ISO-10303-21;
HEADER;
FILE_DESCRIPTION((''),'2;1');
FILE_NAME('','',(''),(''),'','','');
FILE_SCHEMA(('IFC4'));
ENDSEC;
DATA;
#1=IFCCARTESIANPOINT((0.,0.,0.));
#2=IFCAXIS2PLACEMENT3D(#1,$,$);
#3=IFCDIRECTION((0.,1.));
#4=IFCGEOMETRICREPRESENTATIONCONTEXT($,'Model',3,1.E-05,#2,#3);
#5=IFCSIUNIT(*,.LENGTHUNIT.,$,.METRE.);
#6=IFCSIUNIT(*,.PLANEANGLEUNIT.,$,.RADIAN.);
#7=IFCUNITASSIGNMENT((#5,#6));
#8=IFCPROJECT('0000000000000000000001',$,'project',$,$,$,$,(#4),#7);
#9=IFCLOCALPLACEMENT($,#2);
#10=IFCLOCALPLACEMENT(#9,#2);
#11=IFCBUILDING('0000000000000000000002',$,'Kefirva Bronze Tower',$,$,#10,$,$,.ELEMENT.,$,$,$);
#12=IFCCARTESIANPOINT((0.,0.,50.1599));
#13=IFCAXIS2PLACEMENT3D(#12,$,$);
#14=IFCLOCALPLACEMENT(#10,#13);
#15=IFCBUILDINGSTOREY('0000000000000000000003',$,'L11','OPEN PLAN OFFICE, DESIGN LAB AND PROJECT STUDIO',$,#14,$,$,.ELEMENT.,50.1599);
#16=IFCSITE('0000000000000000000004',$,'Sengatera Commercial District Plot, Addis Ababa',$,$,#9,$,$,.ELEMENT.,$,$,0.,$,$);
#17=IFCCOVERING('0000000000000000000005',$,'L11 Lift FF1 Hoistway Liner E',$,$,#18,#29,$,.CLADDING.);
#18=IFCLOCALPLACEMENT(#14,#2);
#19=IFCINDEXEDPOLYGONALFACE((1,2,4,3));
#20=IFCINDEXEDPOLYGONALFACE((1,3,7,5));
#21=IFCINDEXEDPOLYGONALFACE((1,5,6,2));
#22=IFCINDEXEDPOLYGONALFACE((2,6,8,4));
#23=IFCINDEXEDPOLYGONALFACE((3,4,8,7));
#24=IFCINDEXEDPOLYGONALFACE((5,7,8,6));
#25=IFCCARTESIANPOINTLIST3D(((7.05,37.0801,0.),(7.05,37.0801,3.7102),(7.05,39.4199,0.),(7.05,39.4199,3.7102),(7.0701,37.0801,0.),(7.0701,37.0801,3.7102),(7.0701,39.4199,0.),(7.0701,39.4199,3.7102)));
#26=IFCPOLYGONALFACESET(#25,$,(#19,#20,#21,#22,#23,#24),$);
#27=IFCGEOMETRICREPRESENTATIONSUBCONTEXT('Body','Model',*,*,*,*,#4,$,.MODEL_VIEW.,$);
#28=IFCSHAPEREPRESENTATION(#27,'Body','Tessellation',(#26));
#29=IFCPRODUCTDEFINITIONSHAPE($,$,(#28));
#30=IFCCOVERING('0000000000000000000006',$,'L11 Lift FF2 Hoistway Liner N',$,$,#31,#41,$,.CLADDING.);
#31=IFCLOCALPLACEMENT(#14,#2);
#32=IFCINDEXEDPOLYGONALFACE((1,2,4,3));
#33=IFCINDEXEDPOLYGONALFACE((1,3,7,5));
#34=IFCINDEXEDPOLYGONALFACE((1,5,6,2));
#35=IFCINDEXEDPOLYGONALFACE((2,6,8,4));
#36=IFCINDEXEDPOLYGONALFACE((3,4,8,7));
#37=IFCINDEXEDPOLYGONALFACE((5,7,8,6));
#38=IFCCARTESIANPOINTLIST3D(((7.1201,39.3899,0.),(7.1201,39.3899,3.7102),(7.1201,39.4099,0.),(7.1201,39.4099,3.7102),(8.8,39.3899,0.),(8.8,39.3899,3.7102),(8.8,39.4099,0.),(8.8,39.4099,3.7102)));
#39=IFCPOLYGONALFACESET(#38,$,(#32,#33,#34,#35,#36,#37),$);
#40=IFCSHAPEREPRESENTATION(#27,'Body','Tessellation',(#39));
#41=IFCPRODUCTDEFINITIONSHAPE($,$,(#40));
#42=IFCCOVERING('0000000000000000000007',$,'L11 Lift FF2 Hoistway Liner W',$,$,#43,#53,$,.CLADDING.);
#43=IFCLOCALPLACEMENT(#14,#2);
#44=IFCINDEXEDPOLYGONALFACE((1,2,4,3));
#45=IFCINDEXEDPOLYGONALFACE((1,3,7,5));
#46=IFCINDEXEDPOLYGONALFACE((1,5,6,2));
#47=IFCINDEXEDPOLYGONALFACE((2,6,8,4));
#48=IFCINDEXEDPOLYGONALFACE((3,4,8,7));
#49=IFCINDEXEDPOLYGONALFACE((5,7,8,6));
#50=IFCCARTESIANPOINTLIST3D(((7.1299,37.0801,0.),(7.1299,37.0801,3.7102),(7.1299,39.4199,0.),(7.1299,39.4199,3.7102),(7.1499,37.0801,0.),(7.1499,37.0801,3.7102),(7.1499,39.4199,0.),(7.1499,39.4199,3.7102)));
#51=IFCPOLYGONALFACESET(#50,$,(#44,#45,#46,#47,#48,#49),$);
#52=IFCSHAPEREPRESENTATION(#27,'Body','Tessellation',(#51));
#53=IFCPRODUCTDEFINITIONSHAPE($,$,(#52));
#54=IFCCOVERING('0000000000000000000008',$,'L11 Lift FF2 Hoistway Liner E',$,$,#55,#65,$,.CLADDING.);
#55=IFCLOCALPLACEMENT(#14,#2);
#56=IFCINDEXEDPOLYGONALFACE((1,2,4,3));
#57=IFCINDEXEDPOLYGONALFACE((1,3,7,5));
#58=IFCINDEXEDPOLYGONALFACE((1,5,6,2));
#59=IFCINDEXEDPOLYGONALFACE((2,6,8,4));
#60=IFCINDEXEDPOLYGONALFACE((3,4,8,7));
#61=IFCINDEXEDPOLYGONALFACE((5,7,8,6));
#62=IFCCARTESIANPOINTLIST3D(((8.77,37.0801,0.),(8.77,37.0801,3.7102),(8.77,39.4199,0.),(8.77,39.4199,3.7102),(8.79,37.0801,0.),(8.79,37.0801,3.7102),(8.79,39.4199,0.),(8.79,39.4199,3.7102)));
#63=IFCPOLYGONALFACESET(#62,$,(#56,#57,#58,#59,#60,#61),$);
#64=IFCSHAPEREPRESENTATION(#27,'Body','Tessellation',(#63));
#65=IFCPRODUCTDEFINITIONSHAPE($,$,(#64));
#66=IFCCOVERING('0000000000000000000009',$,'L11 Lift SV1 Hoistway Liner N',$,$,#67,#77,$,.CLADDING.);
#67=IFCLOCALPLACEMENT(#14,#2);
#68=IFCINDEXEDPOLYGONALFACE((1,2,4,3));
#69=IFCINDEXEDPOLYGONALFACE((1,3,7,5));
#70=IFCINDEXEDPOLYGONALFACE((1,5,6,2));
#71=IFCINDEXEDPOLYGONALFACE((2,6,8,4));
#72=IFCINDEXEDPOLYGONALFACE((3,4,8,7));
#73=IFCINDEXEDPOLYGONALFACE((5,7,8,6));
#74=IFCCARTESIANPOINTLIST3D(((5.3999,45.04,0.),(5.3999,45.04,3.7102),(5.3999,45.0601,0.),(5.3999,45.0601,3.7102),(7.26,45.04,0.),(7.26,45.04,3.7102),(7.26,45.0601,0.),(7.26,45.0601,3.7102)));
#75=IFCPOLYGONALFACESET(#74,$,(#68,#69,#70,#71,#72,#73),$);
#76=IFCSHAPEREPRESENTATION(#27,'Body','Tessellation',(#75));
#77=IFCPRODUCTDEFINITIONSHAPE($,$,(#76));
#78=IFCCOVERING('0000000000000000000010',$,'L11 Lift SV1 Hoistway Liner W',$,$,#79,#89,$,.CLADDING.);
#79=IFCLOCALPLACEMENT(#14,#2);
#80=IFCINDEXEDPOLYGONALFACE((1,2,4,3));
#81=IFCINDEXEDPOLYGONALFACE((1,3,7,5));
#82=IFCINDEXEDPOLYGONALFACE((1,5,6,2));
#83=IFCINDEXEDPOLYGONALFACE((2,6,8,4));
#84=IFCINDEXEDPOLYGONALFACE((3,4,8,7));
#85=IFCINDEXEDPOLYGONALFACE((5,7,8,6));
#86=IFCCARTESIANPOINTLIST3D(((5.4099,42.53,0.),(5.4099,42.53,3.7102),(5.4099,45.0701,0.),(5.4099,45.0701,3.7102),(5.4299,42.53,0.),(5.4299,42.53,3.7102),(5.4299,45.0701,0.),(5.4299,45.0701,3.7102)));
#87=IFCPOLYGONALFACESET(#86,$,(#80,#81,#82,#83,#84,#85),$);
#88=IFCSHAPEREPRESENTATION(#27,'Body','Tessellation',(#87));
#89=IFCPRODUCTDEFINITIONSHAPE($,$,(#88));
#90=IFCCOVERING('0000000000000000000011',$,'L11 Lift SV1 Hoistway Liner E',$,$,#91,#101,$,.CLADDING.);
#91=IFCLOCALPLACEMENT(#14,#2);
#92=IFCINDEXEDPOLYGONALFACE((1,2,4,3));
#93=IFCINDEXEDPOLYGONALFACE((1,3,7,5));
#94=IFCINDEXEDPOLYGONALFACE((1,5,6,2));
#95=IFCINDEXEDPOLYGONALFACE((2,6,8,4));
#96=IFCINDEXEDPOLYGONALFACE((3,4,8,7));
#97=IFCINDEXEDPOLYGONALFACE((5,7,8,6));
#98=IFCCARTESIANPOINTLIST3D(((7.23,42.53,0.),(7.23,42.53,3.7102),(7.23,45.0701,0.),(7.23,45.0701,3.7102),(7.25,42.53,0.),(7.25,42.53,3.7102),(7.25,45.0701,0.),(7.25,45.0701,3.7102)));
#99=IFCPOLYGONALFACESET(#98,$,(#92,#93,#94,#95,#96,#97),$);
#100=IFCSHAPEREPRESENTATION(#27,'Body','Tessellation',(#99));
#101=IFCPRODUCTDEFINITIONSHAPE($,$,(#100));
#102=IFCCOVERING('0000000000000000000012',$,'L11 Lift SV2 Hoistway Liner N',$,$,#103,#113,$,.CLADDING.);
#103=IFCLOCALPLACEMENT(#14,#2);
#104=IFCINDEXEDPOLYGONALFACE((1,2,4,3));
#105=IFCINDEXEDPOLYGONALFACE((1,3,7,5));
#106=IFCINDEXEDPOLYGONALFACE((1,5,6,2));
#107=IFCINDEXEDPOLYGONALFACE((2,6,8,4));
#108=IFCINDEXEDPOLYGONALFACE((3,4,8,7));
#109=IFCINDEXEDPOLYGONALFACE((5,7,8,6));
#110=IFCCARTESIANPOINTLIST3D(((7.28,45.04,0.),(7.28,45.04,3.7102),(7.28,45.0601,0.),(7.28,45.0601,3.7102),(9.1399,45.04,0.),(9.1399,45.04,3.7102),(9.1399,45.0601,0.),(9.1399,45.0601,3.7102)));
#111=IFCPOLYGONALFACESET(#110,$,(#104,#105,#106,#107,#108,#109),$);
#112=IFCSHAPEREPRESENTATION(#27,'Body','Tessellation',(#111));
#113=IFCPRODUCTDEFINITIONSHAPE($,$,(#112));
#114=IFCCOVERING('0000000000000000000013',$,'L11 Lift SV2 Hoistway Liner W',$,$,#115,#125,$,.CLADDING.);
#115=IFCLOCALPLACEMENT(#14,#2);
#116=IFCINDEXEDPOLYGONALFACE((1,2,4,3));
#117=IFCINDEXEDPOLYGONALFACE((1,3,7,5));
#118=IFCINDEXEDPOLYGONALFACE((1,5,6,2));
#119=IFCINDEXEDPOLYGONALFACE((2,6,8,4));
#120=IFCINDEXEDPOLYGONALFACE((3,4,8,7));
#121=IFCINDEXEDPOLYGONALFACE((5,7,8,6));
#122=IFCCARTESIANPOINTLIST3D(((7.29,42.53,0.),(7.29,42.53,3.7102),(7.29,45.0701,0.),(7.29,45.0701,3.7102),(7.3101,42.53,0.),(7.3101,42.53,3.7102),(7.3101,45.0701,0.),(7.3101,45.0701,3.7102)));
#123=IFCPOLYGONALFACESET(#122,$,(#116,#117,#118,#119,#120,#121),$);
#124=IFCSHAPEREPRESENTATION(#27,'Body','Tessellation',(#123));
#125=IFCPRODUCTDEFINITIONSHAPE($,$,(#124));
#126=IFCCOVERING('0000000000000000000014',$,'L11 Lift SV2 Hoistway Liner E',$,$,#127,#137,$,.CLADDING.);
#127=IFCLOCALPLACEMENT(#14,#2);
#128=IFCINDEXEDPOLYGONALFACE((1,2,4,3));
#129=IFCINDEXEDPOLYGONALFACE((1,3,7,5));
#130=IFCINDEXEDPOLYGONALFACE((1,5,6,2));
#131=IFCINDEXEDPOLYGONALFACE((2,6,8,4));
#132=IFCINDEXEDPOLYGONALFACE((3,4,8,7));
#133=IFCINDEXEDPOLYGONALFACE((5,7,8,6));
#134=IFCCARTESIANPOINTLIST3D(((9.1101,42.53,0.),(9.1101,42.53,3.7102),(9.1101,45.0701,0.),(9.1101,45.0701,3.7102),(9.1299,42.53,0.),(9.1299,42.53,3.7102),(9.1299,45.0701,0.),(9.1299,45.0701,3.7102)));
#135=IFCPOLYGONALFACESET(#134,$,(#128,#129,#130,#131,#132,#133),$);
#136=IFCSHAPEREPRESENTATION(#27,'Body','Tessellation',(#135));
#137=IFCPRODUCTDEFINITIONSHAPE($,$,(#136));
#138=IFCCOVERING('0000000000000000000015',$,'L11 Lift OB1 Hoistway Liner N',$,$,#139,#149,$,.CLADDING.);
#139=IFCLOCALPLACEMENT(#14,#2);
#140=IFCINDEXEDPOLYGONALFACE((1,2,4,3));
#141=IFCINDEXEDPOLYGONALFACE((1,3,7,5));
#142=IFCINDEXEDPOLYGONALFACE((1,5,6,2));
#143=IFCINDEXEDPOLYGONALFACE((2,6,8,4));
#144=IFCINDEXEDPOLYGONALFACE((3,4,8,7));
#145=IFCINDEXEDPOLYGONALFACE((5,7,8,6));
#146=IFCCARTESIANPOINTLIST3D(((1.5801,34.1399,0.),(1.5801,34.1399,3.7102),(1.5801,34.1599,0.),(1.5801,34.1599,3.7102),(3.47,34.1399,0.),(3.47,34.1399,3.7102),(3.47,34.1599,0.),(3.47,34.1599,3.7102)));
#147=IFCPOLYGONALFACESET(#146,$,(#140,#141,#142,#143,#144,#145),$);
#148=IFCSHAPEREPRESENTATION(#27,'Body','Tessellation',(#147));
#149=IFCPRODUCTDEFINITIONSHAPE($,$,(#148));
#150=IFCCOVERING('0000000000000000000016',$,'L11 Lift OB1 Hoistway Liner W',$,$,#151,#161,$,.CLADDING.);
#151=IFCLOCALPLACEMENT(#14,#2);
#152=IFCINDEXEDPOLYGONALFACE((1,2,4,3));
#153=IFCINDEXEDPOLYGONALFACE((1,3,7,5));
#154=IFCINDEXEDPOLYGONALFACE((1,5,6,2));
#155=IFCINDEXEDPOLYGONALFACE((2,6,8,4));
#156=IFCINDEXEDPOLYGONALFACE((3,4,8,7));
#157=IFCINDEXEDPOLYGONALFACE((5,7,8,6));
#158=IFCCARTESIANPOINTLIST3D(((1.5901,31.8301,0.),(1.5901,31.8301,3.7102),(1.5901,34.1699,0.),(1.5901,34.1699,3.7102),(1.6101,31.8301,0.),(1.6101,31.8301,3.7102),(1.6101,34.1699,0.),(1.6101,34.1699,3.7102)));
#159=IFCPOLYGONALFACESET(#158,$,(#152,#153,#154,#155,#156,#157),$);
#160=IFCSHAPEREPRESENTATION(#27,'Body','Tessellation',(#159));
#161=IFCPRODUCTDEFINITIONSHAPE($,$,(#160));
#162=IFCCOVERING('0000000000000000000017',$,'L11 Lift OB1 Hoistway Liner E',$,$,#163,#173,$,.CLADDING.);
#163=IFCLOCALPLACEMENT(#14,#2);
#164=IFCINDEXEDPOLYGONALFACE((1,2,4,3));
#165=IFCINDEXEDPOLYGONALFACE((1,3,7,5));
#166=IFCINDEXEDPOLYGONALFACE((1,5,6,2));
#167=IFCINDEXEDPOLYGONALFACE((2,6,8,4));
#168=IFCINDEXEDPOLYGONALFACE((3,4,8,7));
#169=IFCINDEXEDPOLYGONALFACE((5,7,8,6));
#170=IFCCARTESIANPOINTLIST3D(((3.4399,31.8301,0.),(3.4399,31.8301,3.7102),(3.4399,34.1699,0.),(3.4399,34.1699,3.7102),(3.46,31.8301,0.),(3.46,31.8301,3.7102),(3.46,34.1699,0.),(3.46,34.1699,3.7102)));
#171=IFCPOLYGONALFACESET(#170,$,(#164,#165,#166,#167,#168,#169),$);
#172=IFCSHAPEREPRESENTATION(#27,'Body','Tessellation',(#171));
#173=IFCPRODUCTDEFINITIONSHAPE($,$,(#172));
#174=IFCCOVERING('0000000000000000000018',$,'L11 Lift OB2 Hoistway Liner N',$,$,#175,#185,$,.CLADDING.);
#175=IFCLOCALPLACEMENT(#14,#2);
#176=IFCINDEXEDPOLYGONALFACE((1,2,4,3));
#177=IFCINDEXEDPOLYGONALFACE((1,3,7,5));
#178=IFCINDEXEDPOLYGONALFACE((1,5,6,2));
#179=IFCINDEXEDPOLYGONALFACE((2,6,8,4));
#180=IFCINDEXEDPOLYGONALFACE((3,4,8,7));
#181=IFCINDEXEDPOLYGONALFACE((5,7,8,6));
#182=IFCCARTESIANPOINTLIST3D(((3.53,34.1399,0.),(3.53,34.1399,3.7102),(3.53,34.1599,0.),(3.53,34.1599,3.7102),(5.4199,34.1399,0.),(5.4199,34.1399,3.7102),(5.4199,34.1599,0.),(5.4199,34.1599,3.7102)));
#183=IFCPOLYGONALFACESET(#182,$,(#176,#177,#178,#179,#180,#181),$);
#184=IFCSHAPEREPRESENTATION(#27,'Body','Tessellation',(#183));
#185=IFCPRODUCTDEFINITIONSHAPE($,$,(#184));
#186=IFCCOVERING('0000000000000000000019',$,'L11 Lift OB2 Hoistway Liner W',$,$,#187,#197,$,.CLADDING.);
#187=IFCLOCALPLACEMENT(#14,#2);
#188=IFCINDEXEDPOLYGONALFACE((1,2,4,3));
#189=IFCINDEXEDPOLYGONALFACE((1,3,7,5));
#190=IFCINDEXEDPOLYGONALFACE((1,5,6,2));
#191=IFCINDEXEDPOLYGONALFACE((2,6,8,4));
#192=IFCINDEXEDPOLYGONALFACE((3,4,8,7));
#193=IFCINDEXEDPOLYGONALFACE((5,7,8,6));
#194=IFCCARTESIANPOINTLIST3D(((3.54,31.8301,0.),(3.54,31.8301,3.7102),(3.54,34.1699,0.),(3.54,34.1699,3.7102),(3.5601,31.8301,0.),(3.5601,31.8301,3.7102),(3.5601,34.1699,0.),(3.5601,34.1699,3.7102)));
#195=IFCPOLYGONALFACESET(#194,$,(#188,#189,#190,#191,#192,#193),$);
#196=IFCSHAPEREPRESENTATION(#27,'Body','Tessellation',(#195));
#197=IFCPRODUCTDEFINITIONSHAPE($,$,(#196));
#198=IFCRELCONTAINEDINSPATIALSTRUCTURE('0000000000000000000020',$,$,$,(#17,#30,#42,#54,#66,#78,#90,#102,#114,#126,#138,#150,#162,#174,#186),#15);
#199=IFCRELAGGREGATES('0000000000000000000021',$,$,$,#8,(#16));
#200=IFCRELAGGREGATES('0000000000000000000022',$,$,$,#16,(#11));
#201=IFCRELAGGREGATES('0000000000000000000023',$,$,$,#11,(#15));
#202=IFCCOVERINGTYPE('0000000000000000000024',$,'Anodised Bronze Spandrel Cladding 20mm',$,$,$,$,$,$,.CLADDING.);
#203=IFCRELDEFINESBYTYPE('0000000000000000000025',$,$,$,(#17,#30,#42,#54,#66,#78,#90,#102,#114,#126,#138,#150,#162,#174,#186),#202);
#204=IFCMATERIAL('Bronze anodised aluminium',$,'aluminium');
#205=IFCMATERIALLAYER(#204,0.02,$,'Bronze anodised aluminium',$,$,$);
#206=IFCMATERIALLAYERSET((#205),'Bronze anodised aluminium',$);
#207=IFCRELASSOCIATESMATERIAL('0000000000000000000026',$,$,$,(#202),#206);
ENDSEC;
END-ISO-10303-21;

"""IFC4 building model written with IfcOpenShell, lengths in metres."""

from ifc_helpers import new_model, si_unit, direction, frame, origin, place, context, subcontext, project, spatial, polyline, outline, extrude, material, layer, layer_set, type_object, element, save


model = new_model("IFC4")

# Units and contexts
model_context = context("Model", 3, precision=1e-05, world=origin(), true_north=direction((0.0, 1.0)))
body_context = subcontext(model_context, "Body", "Model", "MODEL_VIEW")
ifc_project = project(units=[si_unit("LENGTHUNIT", "METRE"), si_unit("PLANEANGLEUNIT", "RADIAN")], contexts=[model_context])

# Site, building, storey
site_placement = place(None, origin())
site = spatial("IfcSite", under=ifc_project, at=site_placement, Name="Sengatera Commercial District Plot, Addis Ababa", CompositionType="ELEMENT", RefElevation=0.0)
building_placement = place(site_placement, origin())
building = spatial("IfcBuilding", under=site, at=building_placement, Name="Kefirva Bronze Tower", CompositionType="ELEMENT")
storey_placement = place(building_placement, frame((0.0, 0.0, 50.1599)))
storey = spatial("IfcBuildingStorey", under=building, at=storey_placement, Name="L11", Description="OPEN PLAN OFFICE, DESIGN LAB AND PROJECT STUDIO", CompositionType="ELEMENT", Elevation=50.1599)

# Coverings
ifc_material_1 = material(Name="Bronze anodised aluminium", Category="aluminium")
ifc_layer_1 = layer(ifc_material_1, 0.02, Name="Bronze anodised aluminium")
ifc_layer_set_1 = layer_set([ifc_layer_1], Name="Bronze anodised aluminium")
covering_type = type_object("IfcCoveringType", Name="Anodised Bronze Spandrel Cladding 20mm", PredefinedType="CLADDING", material=ifc_layer_set_1)
covering_1_placement = place(storey_placement, origin())
element("IfcCovering", 1, at=covering_1_placement, inside=storey, type_object=covering_type, Name="L11 Lift FF1 Hoistway Liner E", PredefinedType="CLADDING", context=body_context, shape_type="SweptSolid", body=[
    extrude(outline(polyline([(7.05, 37.0801), (7.0701, 37.0801), (7.0701, 39.4199), (7.05, 39.4199), (7.05, 37.0801)])), origin(), (0.0, 0.0, 1.0), 3.7102),
])
covering_2_placement = place(storey_placement, origin())
element("IfcCovering", 2, at=covering_2_placement, inside=storey, type_object=covering_type, Name="L11 Lift FF2 Hoistway Liner N", PredefinedType="CLADDING", context=body_context, shape_type="SweptSolid", body=[
    extrude(outline(polyline([(7.1201, 39.3899), (8.8, 39.3899), (8.8, 39.4099), (7.1201, 39.4099), (7.1201, 39.3899)])), origin(), (0.0, 0.0, 1.0), 3.7102),
])
covering_3_placement = place(storey_placement, origin())
element("IfcCovering", 3, at=covering_3_placement, inside=storey, type_object=covering_type, Name="L11 Lift FF2 Hoistway Liner W", PredefinedType="CLADDING", context=body_context, shape_type="SweptSolid", body=[
    extrude(outline(polyline([(7.1299, 37.0801), (7.1499, 37.0801), (7.1499, 39.4199), (7.1299, 39.4199), (7.1299, 37.0801)])), origin(), (0.0, 0.0, 1.0), 3.7102),
])
covering_4_placement = place(storey_placement, origin())
element("IfcCovering", 4, at=covering_4_placement, inside=storey, type_object=covering_type, Name="L11 Lift FF2 Hoistway Liner E", PredefinedType="CLADDING", context=body_context, shape_type="SweptSolid", body=[
    extrude(outline(polyline([(8.77, 37.0801), (8.79, 37.0801), (8.79, 39.4199), (8.77, 39.4199), (8.77, 37.0801)])), origin(), (0.0, 0.0, 1.0), 3.7102),
])
covering_5_placement = place(storey_placement, origin())
element("IfcCovering", 5, at=covering_5_placement, inside=storey, type_object=covering_type, Name="L11 Lift SV1 Hoistway Liner N", PredefinedType="CLADDING", context=body_context, shape_type="SweptSolid", body=[
    extrude(outline(polyline([(5.3999, 45.04), (7.26, 45.04), (7.26, 45.0601), (5.3999, 45.0601), (5.3999, 45.04)])), origin(), (0.0, 0.0, 1.0), 3.7102),
])
covering_6_placement = place(storey_placement, origin())
element("IfcCovering", 6, at=covering_6_placement, inside=storey, type_object=covering_type, Name="L11 Lift SV1 Hoistway Liner W", PredefinedType="CLADDING", context=body_context, shape_type="SweptSolid", body=[
    extrude(outline(polyline([(5.4099, 42.53), (5.4299, 42.53), (5.4299, 45.0701), (5.4099, 45.0701), (5.4099, 42.53)])), origin(), (0.0, 0.0, 1.0), 3.7102),
])
covering_7_placement = place(storey_placement, origin())
element("IfcCovering", 7, at=covering_7_placement, inside=storey, type_object=covering_type, Name="L11 Lift SV1 Hoistway Liner E", PredefinedType="CLADDING", context=body_context, shape_type="SweptSolid", body=[
    extrude(outline(polyline([(7.23, 42.53), (7.25, 42.53), (7.25, 45.0701), (7.23, 45.0701), (7.23, 42.53)])), origin(), (0.0, 0.0, 1.0), 3.7102),
])
covering_8_placement = place(storey_placement, origin())
element("IfcCovering", 8, at=covering_8_placement, inside=storey, type_object=covering_type, Name="L11 Lift SV2 Hoistway Liner N", PredefinedType="CLADDING", context=body_context, shape_type="SweptSolid", body=[
    extrude(outline(polyline([(7.28, 45.04), (9.1399, 45.04), (9.1399, 45.0601), (7.28, 45.0601), (7.28, 45.04)])), origin(), (0.0, 0.0, 1.0), 3.7102),
])
covering_9_placement = place(storey_placement, origin())
element("IfcCovering", 9, at=covering_9_placement, inside=storey, type_object=covering_type, Name="L11 Lift SV2 Hoistway Liner W", PredefinedType="CLADDING", context=body_context, shape_type="SweptSolid", body=[
    extrude(outline(polyline([(7.29, 42.53), (7.3101, 42.53), (7.3101, 45.0701), (7.29, 45.0701), (7.29, 42.53)])), origin(), (0.0, 0.0, 1.0), 3.7102),
])
covering_10_placement = place(storey_placement, origin())
element("IfcCovering", 10, at=covering_10_placement, inside=storey, type_object=covering_type, Name="L11 Lift SV2 Hoistway Liner E", PredefinedType="CLADDING", context=body_context, shape_type="SweptSolid", body=[
    extrude(outline(polyline([(9.1101, 42.53), (9.1299, 42.53), (9.1299, 45.0701), (9.1101, 45.0701), (9.1101, 42.53)])), origin(), (0.0, 0.0, 1.0), 3.7102),
])
covering_11_placement = place(storey_placement, origin())
element("IfcCovering", 11, at=covering_11_placement, inside=storey, type_object=covering_type, Name="L11 Lift OB1 Hoistway Liner N", PredefinedType="CLADDING", context=body_context, shape_type="SweptSolid", body=[
    extrude(outline(polyline([(1.5801, 34.1399), (3.47, 34.1399), (3.47, 34.1599), (1.5801, 34.1599), (1.5801, 34.1399)])), origin(), (0.0, 0.0, 1.0), 3.7102),
])
covering_12_placement = place(storey_placement, origin())
element("IfcCovering", 12, at=covering_12_placement, inside=storey, type_object=covering_type, Name="L11 Lift OB1 Hoistway Liner W", PredefinedType="CLADDING", context=body_context, shape_type="SweptSolid", body=[
    extrude(outline(polyline([(1.5901, 31.8301), (1.6101, 31.8301), (1.6101, 34.1699), (1.5901, 34.1699), (1.5901, 31.8301)])), origin(), (0.0, 0.0, 1.0), 3.7102),
])
covering_13_placement = place(storey_placement, origin())
element("IfcCovering", 13, at=covering_13_placement, inside=storey, type_object=covering_type, Name="L11 Lift OB1 Hoistway Liner E", PredefinedType="CLADDING", context=body_context, shape_type="SweptSolid", body=[
    extrude(outline(polyline([(3.4399, 31.8301), (3.46, 31.8301), (3.46, 34.1699), (3.4399, 34.1699), (3.4399, 31.8301)])), origin(), (0.0, 0.0, 1.0), 3.7102),
])
covering_14_placement = place(storey_placement, origin())
element("IfcCovering", 14, at=covering_14_placement, inside=storey, type_object=covering_type, Name="L11 Lift OB2 Hoistway Liner N", PredefinedType="CLADDING", context=body_context, shape_type="SweptSolid", body=[
    extrude(outline(polyline([(3.53, 34.1399), (5.4199, 34.1399), (5.4199, 34.1599), (3.53, 34.1599), (3.53, 34.1399)])), origin(), (0.0, 0.0, 1.0), 3.7102),
])
covering_15_placement = place(storey_placement, origin())
element("IfcCovering", 15, at=covering_15_placement, inside=storey, type_object=covering_type, Name="L11 Lift OB2 Hoistway Liner W", PredefinedType="CLADDING", context=body_context, shape_type="SweptSolid", body=[
    extrude(outline(polyline([(3.54, 31.8301), (3.5601, 31.8301), (3.5601, 34.1699), (3.54, 34.1699), (3.54, 31.8301)])), origin(), (0.0, 0.0, 1.0), 3.7102),
])

save(model, "model.ifc")
